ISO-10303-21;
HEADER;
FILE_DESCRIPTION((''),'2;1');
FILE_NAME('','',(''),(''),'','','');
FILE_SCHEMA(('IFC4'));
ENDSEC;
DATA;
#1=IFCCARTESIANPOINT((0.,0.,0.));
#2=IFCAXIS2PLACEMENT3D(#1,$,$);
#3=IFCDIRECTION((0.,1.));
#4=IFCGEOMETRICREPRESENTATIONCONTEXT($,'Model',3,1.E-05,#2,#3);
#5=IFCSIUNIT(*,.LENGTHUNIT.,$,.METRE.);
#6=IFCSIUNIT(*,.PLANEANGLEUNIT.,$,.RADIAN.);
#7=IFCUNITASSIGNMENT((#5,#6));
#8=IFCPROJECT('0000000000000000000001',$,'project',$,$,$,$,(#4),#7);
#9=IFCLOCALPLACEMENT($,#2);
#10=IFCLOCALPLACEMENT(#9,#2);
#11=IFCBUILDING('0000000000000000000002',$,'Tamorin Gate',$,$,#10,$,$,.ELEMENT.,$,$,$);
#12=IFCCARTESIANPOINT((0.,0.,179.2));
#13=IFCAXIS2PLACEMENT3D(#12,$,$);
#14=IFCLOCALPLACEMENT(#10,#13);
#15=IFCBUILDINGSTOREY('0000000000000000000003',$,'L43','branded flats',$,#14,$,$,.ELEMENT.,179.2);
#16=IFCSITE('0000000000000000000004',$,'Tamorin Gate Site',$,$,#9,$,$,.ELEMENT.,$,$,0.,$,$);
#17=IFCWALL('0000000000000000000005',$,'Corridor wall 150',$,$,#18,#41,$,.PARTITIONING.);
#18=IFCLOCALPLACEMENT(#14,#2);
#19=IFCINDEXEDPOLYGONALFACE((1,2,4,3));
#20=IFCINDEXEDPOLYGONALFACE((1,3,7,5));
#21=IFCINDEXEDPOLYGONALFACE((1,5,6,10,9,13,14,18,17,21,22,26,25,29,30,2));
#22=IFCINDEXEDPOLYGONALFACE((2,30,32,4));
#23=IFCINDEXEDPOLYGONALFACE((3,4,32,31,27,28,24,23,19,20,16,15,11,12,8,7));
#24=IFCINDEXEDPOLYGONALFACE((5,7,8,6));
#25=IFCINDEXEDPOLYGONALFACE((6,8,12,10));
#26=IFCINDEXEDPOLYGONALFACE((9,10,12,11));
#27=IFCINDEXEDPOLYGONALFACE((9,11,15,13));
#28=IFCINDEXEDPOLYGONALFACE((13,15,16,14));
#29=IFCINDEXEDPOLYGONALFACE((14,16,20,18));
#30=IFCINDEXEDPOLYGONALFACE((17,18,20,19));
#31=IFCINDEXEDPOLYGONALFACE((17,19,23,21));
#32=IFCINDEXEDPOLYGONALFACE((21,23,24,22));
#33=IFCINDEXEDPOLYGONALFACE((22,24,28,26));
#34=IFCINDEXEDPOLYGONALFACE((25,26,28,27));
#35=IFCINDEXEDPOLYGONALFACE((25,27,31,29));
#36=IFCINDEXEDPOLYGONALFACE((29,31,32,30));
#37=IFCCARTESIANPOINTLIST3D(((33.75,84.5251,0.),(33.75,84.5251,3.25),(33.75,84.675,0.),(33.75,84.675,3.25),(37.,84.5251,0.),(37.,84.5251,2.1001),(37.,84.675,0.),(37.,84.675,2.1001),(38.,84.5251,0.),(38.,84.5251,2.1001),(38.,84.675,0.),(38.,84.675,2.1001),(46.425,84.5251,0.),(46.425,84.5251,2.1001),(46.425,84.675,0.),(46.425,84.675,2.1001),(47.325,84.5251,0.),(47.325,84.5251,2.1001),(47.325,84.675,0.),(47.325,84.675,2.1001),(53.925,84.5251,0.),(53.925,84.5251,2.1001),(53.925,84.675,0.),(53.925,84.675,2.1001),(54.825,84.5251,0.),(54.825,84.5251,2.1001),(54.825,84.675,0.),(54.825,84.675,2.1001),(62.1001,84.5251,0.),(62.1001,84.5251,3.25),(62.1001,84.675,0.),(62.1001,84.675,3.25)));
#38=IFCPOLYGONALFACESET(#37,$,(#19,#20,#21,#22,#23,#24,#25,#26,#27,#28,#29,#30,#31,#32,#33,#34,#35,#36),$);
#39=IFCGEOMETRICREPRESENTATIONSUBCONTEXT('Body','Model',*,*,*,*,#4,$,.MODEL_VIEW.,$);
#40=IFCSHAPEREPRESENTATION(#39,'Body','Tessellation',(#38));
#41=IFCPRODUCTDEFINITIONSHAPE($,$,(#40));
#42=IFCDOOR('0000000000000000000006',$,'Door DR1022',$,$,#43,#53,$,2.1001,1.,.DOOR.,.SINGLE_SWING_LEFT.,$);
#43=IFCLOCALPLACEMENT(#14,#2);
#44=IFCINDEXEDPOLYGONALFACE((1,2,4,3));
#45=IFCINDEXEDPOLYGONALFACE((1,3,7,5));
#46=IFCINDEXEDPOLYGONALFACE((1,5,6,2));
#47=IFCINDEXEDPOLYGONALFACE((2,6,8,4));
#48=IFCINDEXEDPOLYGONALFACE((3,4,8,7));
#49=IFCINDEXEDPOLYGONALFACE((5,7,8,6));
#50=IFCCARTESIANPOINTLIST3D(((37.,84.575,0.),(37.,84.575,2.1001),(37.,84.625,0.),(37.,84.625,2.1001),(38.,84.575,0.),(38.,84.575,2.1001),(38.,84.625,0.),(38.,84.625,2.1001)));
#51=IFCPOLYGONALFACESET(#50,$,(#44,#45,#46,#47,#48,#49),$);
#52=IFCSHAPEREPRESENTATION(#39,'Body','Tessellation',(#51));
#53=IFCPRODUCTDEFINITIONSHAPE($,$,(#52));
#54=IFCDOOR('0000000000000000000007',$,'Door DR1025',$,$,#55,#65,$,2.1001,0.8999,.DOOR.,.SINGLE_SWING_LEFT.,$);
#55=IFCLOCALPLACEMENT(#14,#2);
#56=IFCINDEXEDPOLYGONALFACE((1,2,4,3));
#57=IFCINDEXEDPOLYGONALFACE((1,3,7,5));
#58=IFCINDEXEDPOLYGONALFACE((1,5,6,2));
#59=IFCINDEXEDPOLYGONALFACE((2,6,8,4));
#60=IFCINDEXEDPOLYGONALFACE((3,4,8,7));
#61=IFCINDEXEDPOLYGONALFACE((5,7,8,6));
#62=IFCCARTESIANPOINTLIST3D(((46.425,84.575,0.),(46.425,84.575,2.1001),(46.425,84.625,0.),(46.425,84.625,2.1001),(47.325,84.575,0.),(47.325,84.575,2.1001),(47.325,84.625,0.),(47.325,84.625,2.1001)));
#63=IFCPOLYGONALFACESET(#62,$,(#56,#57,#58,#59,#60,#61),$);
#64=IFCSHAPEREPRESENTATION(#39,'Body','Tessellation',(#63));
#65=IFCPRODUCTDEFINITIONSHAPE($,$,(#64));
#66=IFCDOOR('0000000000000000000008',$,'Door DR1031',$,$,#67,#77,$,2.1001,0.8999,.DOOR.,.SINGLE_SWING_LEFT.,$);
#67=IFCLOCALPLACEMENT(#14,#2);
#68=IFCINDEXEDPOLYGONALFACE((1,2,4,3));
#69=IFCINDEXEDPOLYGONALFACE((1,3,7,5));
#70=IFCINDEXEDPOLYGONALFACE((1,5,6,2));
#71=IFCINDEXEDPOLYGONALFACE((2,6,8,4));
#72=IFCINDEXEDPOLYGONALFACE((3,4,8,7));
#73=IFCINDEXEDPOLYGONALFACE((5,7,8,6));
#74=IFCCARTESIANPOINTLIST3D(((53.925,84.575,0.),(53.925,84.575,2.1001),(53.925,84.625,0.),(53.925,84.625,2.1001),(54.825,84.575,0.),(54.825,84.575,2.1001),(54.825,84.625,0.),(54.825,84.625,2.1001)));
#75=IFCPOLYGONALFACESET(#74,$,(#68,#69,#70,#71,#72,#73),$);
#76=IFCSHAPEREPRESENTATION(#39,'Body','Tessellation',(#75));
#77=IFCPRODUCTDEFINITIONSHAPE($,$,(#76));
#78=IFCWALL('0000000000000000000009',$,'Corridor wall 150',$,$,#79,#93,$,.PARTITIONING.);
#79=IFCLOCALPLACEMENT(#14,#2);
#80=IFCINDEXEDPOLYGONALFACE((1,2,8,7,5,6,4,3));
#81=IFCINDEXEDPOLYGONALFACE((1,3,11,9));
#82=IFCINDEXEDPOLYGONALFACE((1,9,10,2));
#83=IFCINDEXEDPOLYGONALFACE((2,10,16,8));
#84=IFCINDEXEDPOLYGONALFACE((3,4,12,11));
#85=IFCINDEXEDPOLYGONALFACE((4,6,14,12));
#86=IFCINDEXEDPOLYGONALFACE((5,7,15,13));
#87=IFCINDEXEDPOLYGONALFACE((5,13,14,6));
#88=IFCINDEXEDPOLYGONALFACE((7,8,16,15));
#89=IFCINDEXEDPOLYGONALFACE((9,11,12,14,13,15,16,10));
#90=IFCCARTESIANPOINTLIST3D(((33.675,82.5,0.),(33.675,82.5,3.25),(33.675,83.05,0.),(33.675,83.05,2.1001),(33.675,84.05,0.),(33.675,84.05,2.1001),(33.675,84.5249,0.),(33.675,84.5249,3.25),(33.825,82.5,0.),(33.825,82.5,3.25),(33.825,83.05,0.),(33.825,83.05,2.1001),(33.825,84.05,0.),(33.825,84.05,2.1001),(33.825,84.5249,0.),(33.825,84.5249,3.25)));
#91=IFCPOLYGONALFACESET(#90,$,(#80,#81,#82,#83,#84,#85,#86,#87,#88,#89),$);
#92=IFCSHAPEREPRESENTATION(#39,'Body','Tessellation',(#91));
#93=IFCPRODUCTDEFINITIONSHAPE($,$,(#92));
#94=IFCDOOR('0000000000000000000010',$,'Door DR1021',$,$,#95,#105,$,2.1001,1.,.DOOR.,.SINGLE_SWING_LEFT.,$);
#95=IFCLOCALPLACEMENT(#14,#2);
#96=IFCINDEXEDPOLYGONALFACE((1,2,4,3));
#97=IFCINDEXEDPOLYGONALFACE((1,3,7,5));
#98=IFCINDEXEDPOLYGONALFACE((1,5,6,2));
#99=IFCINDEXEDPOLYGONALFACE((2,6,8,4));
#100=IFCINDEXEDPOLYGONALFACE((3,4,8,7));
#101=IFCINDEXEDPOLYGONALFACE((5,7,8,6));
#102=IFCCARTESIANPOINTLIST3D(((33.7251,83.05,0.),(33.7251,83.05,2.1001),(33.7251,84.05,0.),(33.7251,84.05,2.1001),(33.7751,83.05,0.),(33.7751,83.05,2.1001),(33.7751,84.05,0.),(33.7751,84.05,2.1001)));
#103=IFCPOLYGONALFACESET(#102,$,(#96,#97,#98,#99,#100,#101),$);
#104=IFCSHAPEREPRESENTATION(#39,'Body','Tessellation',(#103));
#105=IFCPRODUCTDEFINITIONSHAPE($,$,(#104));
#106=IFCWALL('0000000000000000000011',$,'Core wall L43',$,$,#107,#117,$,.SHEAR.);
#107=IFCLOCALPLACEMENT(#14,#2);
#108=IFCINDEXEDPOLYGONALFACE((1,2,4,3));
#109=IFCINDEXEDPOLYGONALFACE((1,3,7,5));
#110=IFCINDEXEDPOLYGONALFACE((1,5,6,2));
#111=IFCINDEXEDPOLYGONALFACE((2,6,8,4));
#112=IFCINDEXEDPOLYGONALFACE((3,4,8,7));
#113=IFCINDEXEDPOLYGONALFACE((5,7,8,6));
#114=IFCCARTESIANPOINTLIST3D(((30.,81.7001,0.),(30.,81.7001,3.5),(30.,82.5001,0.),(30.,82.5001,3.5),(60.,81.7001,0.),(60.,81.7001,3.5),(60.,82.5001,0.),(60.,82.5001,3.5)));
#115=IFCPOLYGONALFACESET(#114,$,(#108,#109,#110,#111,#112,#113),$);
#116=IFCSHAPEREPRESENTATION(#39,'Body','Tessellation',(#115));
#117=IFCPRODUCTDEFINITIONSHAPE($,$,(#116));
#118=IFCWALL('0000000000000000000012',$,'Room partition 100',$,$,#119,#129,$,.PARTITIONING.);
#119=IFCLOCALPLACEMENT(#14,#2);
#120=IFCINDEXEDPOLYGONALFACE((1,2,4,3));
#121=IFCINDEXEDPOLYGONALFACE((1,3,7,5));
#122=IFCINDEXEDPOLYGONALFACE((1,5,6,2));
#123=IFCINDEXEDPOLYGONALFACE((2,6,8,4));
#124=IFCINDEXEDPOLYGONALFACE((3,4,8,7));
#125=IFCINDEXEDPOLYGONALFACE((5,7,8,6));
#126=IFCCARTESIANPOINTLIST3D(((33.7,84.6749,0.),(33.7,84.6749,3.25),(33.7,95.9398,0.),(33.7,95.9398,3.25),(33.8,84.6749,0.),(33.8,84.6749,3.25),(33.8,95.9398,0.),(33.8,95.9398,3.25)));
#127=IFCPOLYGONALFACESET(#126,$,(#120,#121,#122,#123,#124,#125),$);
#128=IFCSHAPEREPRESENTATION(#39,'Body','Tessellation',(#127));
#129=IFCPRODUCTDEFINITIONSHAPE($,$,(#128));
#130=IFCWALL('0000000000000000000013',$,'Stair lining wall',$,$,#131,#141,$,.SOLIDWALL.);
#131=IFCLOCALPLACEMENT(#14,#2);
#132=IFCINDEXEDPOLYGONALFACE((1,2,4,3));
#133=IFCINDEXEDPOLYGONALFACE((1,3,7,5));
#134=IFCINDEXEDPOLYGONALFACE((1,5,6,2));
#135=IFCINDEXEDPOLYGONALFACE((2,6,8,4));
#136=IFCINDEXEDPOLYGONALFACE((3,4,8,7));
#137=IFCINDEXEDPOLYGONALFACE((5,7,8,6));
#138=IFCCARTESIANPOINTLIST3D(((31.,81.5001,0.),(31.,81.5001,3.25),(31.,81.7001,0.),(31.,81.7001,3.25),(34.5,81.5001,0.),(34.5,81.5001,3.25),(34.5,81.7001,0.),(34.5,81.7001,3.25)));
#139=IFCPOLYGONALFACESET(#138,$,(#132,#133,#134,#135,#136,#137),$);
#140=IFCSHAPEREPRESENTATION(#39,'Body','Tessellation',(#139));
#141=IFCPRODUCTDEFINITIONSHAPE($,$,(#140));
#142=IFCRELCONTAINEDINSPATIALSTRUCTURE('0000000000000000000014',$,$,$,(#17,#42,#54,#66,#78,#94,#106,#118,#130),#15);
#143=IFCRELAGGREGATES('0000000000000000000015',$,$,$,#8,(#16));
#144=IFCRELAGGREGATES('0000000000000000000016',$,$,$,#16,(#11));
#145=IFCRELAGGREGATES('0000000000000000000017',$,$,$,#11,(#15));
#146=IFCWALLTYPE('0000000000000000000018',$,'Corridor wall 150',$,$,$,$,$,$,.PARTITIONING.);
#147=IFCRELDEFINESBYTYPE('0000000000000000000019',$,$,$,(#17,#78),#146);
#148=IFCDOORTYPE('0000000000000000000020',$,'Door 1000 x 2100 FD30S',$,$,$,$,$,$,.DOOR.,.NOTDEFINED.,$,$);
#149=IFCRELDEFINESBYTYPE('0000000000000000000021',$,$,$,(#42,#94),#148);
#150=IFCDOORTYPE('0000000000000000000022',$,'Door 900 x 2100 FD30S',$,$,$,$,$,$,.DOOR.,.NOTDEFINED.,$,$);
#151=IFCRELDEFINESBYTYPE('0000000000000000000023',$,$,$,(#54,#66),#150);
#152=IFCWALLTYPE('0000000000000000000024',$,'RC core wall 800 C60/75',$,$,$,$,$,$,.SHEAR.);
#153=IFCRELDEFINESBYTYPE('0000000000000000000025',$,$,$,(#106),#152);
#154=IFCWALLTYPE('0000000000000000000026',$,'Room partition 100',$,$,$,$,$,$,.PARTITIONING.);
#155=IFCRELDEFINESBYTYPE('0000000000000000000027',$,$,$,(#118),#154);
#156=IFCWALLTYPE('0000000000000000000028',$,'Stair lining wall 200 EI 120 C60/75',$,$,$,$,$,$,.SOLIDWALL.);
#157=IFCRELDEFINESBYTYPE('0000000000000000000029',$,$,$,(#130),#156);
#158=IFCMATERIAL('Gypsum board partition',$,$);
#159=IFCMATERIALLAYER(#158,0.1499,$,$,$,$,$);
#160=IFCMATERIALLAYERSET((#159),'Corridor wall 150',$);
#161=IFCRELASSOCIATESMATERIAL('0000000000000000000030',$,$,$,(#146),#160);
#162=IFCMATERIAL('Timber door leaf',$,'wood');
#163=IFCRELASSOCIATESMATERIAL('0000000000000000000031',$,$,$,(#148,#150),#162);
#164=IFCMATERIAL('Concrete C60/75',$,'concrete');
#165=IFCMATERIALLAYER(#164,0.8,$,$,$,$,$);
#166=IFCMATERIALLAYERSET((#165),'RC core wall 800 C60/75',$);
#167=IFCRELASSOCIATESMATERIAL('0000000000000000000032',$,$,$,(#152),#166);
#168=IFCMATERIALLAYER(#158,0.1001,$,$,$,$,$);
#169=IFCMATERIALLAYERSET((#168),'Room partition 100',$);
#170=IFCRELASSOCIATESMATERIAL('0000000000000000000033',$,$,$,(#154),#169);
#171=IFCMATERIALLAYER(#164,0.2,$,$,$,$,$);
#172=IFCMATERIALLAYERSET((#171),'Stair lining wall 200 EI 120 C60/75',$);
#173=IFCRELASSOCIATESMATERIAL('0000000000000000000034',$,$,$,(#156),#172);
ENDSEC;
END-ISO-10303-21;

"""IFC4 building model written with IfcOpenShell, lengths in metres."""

from ifc_helpers import new_model, si_unit, direction, frame, frame_2d, origin, place, context, subcontext, project, spatial, rectangle, extrude, material, layer, layer_set, type_object, element, fill, save


model = new_model("IFC4")

# Units and contexts
model_context = context("Model", 3, precision=1e-05, world=origin(), true_north=direction((0.0, 1.0)))
body_context = subcontext(model_context, "Body", "Model", "MODEL_VIEW")
ifc_project = project(units=[si_unit("LENGTHUNIT", "METRE"), si_unit("PLANEANGLEUNIT", "RADIAN")], contexts=[model_context])

# Site, building, storey
site_placement = place(None, origin())
site = spatial("IfcSite", under=ifc_project, at=site_placement, Name="Tamorin Gate Site", CompositionType="ELEMENT", RefElevation=0.0)
building_placement = place(site_placement, origin())
building = spatial("IfcBuilding", under=site, at=building_placement, Name="Tamorin Gate", CompositionType="ELEMENT")
storey_placement = place(building_placement, frame((0.0, 0.0, 179.2)))
storey = spatial("IfcBuildingStorey", under=building, at=storey_placement, Name="L43", Description="branded flats", CompositionType="ELEMENT", Elevation=179.2)

# Shared definitions
ifc_material_1 = material(Name="Concrete C60/75", Category="concrete")

# Wall, openings, doors
ifc_material_2 = material(Name="Gypsum board partition")
ifc_layer_1 = layer(ifc_material_2, 0.1499)
ifc_layer_set_1 = layer_set([ifc_layer_1], Name="Corridor wall 150")
wall_type_1 = type_object("IfcWallType", Name="Corridor wall 150", PredefinedType="PARTITIONING", material=ifc_layer_set_1)
wall_1_placement = place(storey_placement, frame((33.75, 84.6001, 0.0), z_axis=(0.0, 0.0, 1.0), x_axis=(1.0, 0.0, 0.0)))
wall_1 = element("IfcWall", 1, at=wall_1_placement, inside=storey, type_object=wall_type_1, Name="Corridor wall 150", PredefinedType="PARTITIONING", context=body_context, shape_type="SweptSolid", body=[
    extrude(rectangle(XDim=28.3501, YDim=0.1499, at=frame_2d((14.175, 0.0))), origin(), (0.0, 0.0, 1.0), 3.25),
])
opening_1_placement = place(wall_1_placement, frame((3.25, 0.0, 0.0)))
opening_1 = element("IfcOpeningElement", 2, at=opening_1_placement, cuts=wall_1, PredefinedType="OPENING", context=body_context, shape_type="SweptSolid", body=[
    extrude(rectangle(XDim=1.0, YDim=2.1001, at=frame_2d((0.5, 1.05))), frame((0.0, 0.085, 0.0), z_axis=(0.0, -1.0, 0.0), x_axis=(1.0, 0.0, 0.0)), (0.0, 0.0, 1.0), 0.1699),
])
opening_2_placement = place(wall_1_placement, frame((12.675, 0.0, 0.0)))
opening_2 = element("IfcOpeningElement", 3, at=opening_2_placement, cuts=wall_1, PredefinedType="OPENING", context=body_context, shape_type="SweptSolid", body=[
    extrude(rectangle(XDim=0.8999, YDim=2.1001, at=frame_2d((0.45, 1.05))), frame((0.0, 0.085, 0.0), z_axis=(0.0, -1.0, 0.0), x_axis=(1.0, 0.0, 0.0)), (0.0, 0.0, 1.0), 0.1699),
])
opening_3_placement = place(wall_1_placement, frame((20.175, 0.0, 0.0)))
opening_3 = element("IfcOpeningElement", 4, at=opening_3_placement, cuts=wall_1, PredefinedType="OPENING", context=body_context, shape_type="SweptSolid", body=[
    extrude(rectangle(XDim=0.8999, YDim=2.1001, at=frame_2d((0.45, 1.05))), frame((0.0, 0.085, 0.0), z_axis=(0.0, -1.0, 0.0), x_axis=(1.0, 0.0, 0.0)), (0.0, 0.0, 1.0), 0.1699),
])
ifc_material_3 = material(Name="Timber door leaf", Category="wood")
door_type_1 = type_object("IfcDoorType", Name="Door 1000 x 2100 FD30S", OperationType="NOTDEFINED", PredefinedType="DOOR", material=ifc_material_3)
door_1_placement = place(opening_1_placement, origin())
door_1 = element("IfcDoor", 5, at=door_1_placement, inside=storey, type_object=door_type_1, Name="Door DR1022", OperationType="SINGLE_SWING_LEFT", OverallHeight=2.1001, OverallWidth=1.0, PredefinedType="DOOR", context=body_context, shape_type="SweptSolid", body=[
    extrude(rectangle(XDim=1.0, YDim=2.1001, at=frame_2d((0.5, 1.05))), frame((0.0, 0.0249, 0.0), z_axis=(0.0, -1.0, 0.0), x_axis=(1.0, 0.0, 0.0)), (0.0, 0.0, 1.0), 0.05),
])
fill(opening_1, door_1)
door_type_2 = type_object("IfcDoorType", Name="Door 900 x 2100 FD30S", OperationType="NOTDEFINED", PredefinedType="DOOR", material=ifc_material_3)
door_2_placement = place(opening_2_placement, origin())
door_2 = element("IfcDoor", 6, at=door_2_placement, inside=storey, type_object=door_type_2, Name="Door DR1025", OperationType="SINGLE_SWING_LEFT", OverallHeight=2.1001, OverallWidth=0.8999, PredefinedType="DOOR", context=body_context, shape_type="SweptSolid", body=[
    extrude(rectangle(XDim=0.8999, YDim=2.1001, at=frame_2d((0.45, 1.05))), frame((0.0, 0.0249, 0.0), z_axis=(0.0, -1.0, 0.0), x_axis=(1.0, 0.0, 0.0)), (0.0, 0.0, 1.0), 0.05),
])
fill(opening_2, door_2)
door_3_placement = place(opening_3_placement, origin())
door_3 = element("IfcDoor", 7, at=door_3_placement, inside=storey, type_object=door_type_2, Name="Door DR1031", OperationType="SINGLE_SWING_LEFT", OverallHeight=2.1001, OverallWidth=0.8999, PredefinedType="DOOR", context=body_context, shape_type="SweptSolid", body=[
    extrude(rectangle(XDim=0.8999, YDim=2.1001, at=frame_2d((0.45, 1.05))), frame((0.0, 0.0249, 0.0), z_axis=(0.0, -1.0, 0.0), x_axis=(1.0, 0.0, 0.0)), (0.0, 0.0, 1.0), 0.05),
])
fill(opening_3, door_3)

# Wall, opening, door
wall_2_placement = place(storey_placement, frame((33.75, 82.5, 0.0), z_axis=(0.0, 0.0, 1.0), x_axis=(0.0, 1.0, 0.0)))
wall_2 = element("IfcWall", 8, at=wall_2_placement, inside=storey, type_object=wall_type_1, Name="Corridor wall 150", PredefinedType="PARTITIONING", context=body_context, shape_type="SweptSolid", body=[
    extrude(rectangle(XDim=2.0249, YDim=0.1499, at=frame_2d((1.0125, 0.0))), origin(), (0.0, 0.0, 1.0), 3.25),
])
opening_4_placement = place(wall_2_placement, frame((0.55, 0.0, 0.0)))
opening_4 = element("IfcOpeningElement", 9, at=opening_4_placement, cuts=wall_2, PredefinedType="OPENING", context=body_context, shape_type="SweptSolid", body=[
    extrude(rectangle(XDim=1.0, YDim=2.1001, at=frame_2d((0.5, 1.05))), frame((0.0, 0.085, 0.0), z_axis=(0.0, -1.0, 0.0), x_axis=(1.0, 0.0, 0.0)), (0.0, 0.0, 1.0), 0.1699),
])
door_4_placement = place(opening_4_placement, origin())
door_4 = element("IfcDoor", 10, at=door_4_placement, inside=storey, type_object=door_type_1, Name="Door DR1021", OperationType="SINGLE_SWING_LEFT", OverallHeight=2.1001, OverallWidth=1.0, PredefinedType="DOOR", context=body_context, shape_type="SweptSolid", body=[
    extrude(rectangle(XDim=1.0, YDim=2.1001, at=frame_2d((0.5, 1.05))), frame((0.0, 0.0249, 0.0), z_axis=(0.0, -1.0, 0.0), x_axis=(1.0, 0.0, 0.0)), (0.0, 0.0, 1.0), 0.05),
])
fill(opening_4, door_4)

# Walls
ifc_layer_2 = layer(ifc_material_1, 0.8)
ifc_layer_set_2 = layer_set([ifc_layer_2], Name="RC core wall 800 C60/75")
wall_type_2 = type_object("IfcWallType", Name="RC core wall 800 C60/75", PredefinedType="SHEAR", material=ifc_layer_set_2)
wall_3_placement = place(storey_placement, frame((30.0, 82.1001, 0.0), z_axis=(0.0, 0.0, 1.0), x_axis=(1.0, 0.0, 0.0)))
element("IfcWall", 11, at=wall_3_placement, inside=storey, type_object=wall_type_2, Name="Core wall L43", PredefinedType="SHEAR", context=body_context, shape_type="SweptSolid", body=[
    extrude(rectangle(XDim=30.0, YDim=0.8, at=frame_2d((15.0, 0.0))), origin(), (0.0, 0.0, 1.0), 3.5),
])
ifc_layer_3 = layer(ifc_material_2, 0.1001)
ifc_layer_set_3 = layer_set([ifc_layer_3], Name="Room partition 100")
wall_type_3 = type_object("IfcWallType", Name="Room partition 100", PredefinedType="PARTITIONING", material=ifc_layer_set_3)
wall_4_placement = place(storey_placement, frame((33.75, 84.675, 0.0), z_axis=(0.0, 0.0, 1.0), x_axis=(0.0, 1.0, 0.0)))
element("IfcWall", 12, at=wall_4_placement, inside=storey, type_object=wall_type_3, Name="Room partition 100", PredefinedType="PARTITIONING", context=body_context, shape_type="SweptSolid", body=[
    extrude(rectangle(XDim=11.2649, YDim=0.1001, at=frame_2d((5.6323, 0.0))), origin(), (0.0, 0.0, 1.0), 3.25),
])
ifc_layer_4 = layer(ifc_material_1, 0.2)
ifc_layer_set_4 = layer_set([ifc_layer_4], Name="Stair lining wall 200 EI 120 C60/75")
wall_type_4 = type_object("IfcWallType", Name="Stair lining wall 200 EI 120 C60/75", PredefinedType="SOLIDWALL", material=ifc_layer_set_4)
wall_5_placement = place(storey_placement, frame((31.0, 81.6001, 0.0), z_axis=(0.0, 0.0, 1.0), x_axis=(1.0, 0.0, 0.0)))
element("IfcWall", 13, at=wall_5_placement, inside=storey, type_object=wall_type_4, Name="Stair lining wall", PredefinedType="SOLIDWALL", context=body_context, shape_type="SweptSolid", body=[
    extrude(rectangle(XDim=3.5, YDim=0.2, at=frame_2d((1.75, 0.0))), origin(), (0.0, 0.0, 1.0), 3.25),
])

save(model, "model.ifc")
